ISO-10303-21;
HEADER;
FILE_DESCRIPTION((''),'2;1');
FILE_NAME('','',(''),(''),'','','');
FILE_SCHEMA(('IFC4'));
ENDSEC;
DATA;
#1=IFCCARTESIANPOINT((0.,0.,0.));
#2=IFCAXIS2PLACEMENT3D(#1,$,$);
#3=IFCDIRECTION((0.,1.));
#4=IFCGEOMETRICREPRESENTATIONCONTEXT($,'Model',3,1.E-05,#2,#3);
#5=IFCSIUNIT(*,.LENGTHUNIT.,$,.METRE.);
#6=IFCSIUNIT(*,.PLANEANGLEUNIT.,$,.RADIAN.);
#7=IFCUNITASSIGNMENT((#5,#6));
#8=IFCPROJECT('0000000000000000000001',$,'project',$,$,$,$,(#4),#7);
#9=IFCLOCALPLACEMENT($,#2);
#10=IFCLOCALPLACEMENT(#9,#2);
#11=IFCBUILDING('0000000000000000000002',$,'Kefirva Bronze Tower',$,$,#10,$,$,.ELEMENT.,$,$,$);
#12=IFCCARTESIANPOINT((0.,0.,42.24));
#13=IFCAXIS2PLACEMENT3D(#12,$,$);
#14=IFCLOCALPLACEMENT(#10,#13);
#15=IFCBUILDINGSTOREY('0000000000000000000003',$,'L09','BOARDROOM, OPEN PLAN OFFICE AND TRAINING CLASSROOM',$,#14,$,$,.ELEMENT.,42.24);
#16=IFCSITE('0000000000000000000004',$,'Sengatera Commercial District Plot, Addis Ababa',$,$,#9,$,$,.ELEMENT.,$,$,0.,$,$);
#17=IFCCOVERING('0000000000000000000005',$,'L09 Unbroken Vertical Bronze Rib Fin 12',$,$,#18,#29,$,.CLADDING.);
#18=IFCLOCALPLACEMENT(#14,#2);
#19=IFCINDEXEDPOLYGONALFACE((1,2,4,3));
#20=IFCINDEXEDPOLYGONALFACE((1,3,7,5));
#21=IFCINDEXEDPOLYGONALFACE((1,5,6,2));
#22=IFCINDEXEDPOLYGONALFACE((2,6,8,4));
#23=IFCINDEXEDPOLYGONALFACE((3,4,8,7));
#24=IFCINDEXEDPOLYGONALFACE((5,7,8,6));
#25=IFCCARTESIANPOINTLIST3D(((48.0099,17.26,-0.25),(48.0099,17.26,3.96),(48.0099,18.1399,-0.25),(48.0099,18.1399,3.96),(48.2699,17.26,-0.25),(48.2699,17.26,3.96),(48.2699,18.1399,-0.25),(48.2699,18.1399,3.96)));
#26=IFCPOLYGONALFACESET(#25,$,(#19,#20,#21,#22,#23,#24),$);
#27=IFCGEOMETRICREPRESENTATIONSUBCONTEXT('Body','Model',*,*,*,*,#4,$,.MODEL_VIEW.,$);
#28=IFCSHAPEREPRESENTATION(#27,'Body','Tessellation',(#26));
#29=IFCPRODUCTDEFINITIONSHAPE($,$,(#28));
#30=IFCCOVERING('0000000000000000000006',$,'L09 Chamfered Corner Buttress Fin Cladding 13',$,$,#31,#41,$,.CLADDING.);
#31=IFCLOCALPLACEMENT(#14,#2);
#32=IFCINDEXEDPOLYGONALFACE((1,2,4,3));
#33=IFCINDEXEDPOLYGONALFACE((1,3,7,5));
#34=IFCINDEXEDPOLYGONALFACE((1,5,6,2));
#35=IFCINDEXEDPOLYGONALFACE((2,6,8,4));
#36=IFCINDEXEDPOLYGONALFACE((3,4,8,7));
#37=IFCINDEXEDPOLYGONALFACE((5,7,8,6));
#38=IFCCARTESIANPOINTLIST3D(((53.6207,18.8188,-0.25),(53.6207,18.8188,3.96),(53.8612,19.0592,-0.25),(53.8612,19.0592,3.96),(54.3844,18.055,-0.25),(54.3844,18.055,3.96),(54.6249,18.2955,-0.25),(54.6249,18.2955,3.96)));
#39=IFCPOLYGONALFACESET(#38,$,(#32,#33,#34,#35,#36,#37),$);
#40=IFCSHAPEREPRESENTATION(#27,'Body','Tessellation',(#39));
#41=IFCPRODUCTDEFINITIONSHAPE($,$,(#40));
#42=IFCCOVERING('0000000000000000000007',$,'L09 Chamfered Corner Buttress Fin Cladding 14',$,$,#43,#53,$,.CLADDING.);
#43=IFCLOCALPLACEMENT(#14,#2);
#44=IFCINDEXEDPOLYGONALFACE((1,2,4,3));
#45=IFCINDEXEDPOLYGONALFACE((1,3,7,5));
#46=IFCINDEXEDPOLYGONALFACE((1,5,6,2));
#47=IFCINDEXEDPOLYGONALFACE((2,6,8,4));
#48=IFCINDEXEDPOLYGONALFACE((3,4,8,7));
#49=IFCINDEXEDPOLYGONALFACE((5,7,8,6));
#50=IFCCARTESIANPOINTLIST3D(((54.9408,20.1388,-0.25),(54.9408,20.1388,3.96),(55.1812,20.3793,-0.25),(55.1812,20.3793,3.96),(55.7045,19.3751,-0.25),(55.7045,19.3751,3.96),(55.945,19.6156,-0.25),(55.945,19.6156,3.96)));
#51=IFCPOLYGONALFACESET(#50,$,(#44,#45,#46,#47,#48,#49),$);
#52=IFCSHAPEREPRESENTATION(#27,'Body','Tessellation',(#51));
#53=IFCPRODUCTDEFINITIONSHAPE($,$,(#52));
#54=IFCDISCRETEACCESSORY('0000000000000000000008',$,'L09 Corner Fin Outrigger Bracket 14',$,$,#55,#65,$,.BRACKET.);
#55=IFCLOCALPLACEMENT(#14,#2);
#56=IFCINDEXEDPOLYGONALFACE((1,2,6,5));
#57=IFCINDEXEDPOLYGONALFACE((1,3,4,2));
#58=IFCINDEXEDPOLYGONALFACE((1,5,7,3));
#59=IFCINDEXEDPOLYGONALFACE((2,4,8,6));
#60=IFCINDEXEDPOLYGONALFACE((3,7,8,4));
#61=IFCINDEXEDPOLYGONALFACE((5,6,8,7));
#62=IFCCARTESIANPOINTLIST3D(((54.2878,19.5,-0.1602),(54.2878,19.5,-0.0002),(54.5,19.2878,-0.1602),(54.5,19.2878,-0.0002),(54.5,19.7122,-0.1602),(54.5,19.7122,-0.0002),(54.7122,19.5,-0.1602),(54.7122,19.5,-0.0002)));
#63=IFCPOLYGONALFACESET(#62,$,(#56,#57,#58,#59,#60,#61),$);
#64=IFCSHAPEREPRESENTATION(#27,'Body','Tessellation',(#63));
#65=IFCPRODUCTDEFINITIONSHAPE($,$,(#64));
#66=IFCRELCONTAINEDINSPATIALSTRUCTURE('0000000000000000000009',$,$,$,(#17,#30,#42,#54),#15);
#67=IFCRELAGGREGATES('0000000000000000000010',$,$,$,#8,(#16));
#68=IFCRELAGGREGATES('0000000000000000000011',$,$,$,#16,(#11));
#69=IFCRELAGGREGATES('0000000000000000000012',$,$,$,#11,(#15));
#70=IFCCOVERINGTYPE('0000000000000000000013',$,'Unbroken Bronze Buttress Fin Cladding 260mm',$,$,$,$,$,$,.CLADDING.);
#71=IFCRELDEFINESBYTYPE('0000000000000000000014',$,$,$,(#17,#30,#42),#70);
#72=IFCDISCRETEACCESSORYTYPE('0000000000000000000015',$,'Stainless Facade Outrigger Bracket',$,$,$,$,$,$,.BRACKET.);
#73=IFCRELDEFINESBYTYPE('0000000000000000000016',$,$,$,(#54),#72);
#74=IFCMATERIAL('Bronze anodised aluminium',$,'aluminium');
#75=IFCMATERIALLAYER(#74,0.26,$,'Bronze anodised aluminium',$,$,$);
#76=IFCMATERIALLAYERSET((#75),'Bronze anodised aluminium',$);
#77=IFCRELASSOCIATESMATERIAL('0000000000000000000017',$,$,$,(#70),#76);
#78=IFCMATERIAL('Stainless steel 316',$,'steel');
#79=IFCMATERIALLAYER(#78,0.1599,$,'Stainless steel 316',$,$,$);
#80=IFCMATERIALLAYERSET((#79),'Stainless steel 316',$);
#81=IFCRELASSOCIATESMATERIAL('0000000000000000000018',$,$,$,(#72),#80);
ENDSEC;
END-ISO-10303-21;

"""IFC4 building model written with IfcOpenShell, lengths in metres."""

from ifc_helpers import new_model, si_unit, direction, frame, origin, origin_2d, place, context, subcontext, project, spatial, rectangle, extrude, material, layer, layer_set, type_object, element, save


model = new_model("IFC4")

# Units and contexts
model_context = context("Model", 3, precision=1e-05, world=origin(), true_north=direction((0.0, 1.0)))
body_context = subcontext(model_context, "Body", "Model", "MODEL_VIEW")
ifc_project = project(units=[si_unit("LENGTHUNIT", "METRE"), si_unit("PLANEANGLEUNIT", "RADIAN")], contexts=[model_context])

# Site, building, storey
site_placement = place(None, origin())
site = spatial("IfcSite", under=ifc_project, at=site_placement, Name="Sengatera Commercial District Plot, Addis Ababa", CompositionType="ELEMENT", RefElevation=0.0)
building_placement = place(site_placement, origin())
building = spatial("IfcBuilding", under=site, at=building_placement, Name="Kefirva Bronze Tower", CompositionType="ELEMENT")
storey_placement = place(building_placement, frame((0.0, 0.0, 42.24)))
storey = spatial("IfcBuildingStorey", under=building, at=storey_placement, Name="L09", Description="BOARDROOM, OPEN PLAN OFFICE AND TRAINING CLASSROOM", CompositionType="ELEMENT", Elevation=42.24)

# Shared definitions
ifc_material_1 = material(Name="Bronze anodised aluminium", Category="aluminium")

# Coverings
ifc_layer_1 = layer(ifc_material_1, 0.26, Name="Bronze anodised aluminium")
ifc_layer_set_1 = layer_set([ifc_layer_1], Name="Bronze anodised aluminium")
covering_type_1 = type_object("IfcCoveringType", Name="Unbroken Bronze Buttress Fin Cladding 260mm", PredefinedType="CLADDING", material=ifc_layer_set_1)
for number, where, z_axis, x_axis, name in (
    (1, (48.1399, 17.7, -0.25), (0.0, 0.0, 1.0), (1.0, 0.0, 0.0), "L09 Unbroken Vertical Bronze Rib Fin 12"),
):
    element("IfcCovering", number, at=place(storey_placement, frame(where, z_axis=z_axis, x_axis=x_axis)), inside=storey, type_object=covering_type_1, Name=name, PredefinedType="CLADDING", context=body_context, shape_type="SweptSolid", body=[
        extrude(rectangle(XDim=0.26, YDim=0.8799, at=origin_2d()), origin(), (0.0, 0.0, 1.0), 4.21),
    ])
for number, where, z_axis, x_axis, name in (
    (2, (54.1228, 18.5571, -0.25), (0.0, 0.0, 1.0), (0.707107, 0.707107, 0.0), "L09 Chamfered Corner Buttress Fin Cladding 13"),
    (3, (55.4429, 19.8772, -0.25), (0.0, 0.0, 1.0), (0.707107, 0.707107, 0.0), "L09 Chamfered Corner Buttress Fin Cladding 14"),
):
    element("IfcCovering", number, at=place(storey_placement, frame(where, z_axis=z_axis, x_axis=x_axis)), inside=storey, type_object=covering_type_1, Name=name, PredefinedType="CLADDING", context=body_context, shape_type="SweptSolid", body=[
        extrude(rectangle(XDim=0.3401, YDim=1.0801, at=origin_2d()), origin(), (0.0, 0.0, 1.0), 4.21),
    ])

# Discrete accessory
ifc_material_2 = material(Name="Stainless steel 316", Category="steel")
ifc_layer_2 = layer(ifc_material_2, 0.1599, Name="Stainless steel 316")
ifc_layer_set_2 = layer_set([ifc_layer_2], Name="Stainless steel 316")
discrete_accessory_type = type_object("IfcDiscreteAccessoryType", Name="Stainless Facade Outrigger Bracket", PredefinedType="BRACKET", material=ifc_layer_set_2)
discrete_accessory_placement = place(storey_placement, frame((54.5, 19.5, -0.1602), z_axis=(0.0, 0.0, 1.0), x_axis=(0.707107, 0.707107, 0.0)))
element("IfcDiscreteAccessory", 4, at=discrete_accessory_placement, inside=storey, type_object=discrete_accessory_type, Name="L09 Corner Fin Outrigger Bracket 14", PredefinedType="BRACKET", context=body_context, shape_type="SweptSolid", body=[
    extrude(rectangle(XDim=0.3, YDim=0.3, at=origin_2d()), origin(), (0.0, 0.0, 1.0), 0.1599),
])

save(model, "model.ifc")
